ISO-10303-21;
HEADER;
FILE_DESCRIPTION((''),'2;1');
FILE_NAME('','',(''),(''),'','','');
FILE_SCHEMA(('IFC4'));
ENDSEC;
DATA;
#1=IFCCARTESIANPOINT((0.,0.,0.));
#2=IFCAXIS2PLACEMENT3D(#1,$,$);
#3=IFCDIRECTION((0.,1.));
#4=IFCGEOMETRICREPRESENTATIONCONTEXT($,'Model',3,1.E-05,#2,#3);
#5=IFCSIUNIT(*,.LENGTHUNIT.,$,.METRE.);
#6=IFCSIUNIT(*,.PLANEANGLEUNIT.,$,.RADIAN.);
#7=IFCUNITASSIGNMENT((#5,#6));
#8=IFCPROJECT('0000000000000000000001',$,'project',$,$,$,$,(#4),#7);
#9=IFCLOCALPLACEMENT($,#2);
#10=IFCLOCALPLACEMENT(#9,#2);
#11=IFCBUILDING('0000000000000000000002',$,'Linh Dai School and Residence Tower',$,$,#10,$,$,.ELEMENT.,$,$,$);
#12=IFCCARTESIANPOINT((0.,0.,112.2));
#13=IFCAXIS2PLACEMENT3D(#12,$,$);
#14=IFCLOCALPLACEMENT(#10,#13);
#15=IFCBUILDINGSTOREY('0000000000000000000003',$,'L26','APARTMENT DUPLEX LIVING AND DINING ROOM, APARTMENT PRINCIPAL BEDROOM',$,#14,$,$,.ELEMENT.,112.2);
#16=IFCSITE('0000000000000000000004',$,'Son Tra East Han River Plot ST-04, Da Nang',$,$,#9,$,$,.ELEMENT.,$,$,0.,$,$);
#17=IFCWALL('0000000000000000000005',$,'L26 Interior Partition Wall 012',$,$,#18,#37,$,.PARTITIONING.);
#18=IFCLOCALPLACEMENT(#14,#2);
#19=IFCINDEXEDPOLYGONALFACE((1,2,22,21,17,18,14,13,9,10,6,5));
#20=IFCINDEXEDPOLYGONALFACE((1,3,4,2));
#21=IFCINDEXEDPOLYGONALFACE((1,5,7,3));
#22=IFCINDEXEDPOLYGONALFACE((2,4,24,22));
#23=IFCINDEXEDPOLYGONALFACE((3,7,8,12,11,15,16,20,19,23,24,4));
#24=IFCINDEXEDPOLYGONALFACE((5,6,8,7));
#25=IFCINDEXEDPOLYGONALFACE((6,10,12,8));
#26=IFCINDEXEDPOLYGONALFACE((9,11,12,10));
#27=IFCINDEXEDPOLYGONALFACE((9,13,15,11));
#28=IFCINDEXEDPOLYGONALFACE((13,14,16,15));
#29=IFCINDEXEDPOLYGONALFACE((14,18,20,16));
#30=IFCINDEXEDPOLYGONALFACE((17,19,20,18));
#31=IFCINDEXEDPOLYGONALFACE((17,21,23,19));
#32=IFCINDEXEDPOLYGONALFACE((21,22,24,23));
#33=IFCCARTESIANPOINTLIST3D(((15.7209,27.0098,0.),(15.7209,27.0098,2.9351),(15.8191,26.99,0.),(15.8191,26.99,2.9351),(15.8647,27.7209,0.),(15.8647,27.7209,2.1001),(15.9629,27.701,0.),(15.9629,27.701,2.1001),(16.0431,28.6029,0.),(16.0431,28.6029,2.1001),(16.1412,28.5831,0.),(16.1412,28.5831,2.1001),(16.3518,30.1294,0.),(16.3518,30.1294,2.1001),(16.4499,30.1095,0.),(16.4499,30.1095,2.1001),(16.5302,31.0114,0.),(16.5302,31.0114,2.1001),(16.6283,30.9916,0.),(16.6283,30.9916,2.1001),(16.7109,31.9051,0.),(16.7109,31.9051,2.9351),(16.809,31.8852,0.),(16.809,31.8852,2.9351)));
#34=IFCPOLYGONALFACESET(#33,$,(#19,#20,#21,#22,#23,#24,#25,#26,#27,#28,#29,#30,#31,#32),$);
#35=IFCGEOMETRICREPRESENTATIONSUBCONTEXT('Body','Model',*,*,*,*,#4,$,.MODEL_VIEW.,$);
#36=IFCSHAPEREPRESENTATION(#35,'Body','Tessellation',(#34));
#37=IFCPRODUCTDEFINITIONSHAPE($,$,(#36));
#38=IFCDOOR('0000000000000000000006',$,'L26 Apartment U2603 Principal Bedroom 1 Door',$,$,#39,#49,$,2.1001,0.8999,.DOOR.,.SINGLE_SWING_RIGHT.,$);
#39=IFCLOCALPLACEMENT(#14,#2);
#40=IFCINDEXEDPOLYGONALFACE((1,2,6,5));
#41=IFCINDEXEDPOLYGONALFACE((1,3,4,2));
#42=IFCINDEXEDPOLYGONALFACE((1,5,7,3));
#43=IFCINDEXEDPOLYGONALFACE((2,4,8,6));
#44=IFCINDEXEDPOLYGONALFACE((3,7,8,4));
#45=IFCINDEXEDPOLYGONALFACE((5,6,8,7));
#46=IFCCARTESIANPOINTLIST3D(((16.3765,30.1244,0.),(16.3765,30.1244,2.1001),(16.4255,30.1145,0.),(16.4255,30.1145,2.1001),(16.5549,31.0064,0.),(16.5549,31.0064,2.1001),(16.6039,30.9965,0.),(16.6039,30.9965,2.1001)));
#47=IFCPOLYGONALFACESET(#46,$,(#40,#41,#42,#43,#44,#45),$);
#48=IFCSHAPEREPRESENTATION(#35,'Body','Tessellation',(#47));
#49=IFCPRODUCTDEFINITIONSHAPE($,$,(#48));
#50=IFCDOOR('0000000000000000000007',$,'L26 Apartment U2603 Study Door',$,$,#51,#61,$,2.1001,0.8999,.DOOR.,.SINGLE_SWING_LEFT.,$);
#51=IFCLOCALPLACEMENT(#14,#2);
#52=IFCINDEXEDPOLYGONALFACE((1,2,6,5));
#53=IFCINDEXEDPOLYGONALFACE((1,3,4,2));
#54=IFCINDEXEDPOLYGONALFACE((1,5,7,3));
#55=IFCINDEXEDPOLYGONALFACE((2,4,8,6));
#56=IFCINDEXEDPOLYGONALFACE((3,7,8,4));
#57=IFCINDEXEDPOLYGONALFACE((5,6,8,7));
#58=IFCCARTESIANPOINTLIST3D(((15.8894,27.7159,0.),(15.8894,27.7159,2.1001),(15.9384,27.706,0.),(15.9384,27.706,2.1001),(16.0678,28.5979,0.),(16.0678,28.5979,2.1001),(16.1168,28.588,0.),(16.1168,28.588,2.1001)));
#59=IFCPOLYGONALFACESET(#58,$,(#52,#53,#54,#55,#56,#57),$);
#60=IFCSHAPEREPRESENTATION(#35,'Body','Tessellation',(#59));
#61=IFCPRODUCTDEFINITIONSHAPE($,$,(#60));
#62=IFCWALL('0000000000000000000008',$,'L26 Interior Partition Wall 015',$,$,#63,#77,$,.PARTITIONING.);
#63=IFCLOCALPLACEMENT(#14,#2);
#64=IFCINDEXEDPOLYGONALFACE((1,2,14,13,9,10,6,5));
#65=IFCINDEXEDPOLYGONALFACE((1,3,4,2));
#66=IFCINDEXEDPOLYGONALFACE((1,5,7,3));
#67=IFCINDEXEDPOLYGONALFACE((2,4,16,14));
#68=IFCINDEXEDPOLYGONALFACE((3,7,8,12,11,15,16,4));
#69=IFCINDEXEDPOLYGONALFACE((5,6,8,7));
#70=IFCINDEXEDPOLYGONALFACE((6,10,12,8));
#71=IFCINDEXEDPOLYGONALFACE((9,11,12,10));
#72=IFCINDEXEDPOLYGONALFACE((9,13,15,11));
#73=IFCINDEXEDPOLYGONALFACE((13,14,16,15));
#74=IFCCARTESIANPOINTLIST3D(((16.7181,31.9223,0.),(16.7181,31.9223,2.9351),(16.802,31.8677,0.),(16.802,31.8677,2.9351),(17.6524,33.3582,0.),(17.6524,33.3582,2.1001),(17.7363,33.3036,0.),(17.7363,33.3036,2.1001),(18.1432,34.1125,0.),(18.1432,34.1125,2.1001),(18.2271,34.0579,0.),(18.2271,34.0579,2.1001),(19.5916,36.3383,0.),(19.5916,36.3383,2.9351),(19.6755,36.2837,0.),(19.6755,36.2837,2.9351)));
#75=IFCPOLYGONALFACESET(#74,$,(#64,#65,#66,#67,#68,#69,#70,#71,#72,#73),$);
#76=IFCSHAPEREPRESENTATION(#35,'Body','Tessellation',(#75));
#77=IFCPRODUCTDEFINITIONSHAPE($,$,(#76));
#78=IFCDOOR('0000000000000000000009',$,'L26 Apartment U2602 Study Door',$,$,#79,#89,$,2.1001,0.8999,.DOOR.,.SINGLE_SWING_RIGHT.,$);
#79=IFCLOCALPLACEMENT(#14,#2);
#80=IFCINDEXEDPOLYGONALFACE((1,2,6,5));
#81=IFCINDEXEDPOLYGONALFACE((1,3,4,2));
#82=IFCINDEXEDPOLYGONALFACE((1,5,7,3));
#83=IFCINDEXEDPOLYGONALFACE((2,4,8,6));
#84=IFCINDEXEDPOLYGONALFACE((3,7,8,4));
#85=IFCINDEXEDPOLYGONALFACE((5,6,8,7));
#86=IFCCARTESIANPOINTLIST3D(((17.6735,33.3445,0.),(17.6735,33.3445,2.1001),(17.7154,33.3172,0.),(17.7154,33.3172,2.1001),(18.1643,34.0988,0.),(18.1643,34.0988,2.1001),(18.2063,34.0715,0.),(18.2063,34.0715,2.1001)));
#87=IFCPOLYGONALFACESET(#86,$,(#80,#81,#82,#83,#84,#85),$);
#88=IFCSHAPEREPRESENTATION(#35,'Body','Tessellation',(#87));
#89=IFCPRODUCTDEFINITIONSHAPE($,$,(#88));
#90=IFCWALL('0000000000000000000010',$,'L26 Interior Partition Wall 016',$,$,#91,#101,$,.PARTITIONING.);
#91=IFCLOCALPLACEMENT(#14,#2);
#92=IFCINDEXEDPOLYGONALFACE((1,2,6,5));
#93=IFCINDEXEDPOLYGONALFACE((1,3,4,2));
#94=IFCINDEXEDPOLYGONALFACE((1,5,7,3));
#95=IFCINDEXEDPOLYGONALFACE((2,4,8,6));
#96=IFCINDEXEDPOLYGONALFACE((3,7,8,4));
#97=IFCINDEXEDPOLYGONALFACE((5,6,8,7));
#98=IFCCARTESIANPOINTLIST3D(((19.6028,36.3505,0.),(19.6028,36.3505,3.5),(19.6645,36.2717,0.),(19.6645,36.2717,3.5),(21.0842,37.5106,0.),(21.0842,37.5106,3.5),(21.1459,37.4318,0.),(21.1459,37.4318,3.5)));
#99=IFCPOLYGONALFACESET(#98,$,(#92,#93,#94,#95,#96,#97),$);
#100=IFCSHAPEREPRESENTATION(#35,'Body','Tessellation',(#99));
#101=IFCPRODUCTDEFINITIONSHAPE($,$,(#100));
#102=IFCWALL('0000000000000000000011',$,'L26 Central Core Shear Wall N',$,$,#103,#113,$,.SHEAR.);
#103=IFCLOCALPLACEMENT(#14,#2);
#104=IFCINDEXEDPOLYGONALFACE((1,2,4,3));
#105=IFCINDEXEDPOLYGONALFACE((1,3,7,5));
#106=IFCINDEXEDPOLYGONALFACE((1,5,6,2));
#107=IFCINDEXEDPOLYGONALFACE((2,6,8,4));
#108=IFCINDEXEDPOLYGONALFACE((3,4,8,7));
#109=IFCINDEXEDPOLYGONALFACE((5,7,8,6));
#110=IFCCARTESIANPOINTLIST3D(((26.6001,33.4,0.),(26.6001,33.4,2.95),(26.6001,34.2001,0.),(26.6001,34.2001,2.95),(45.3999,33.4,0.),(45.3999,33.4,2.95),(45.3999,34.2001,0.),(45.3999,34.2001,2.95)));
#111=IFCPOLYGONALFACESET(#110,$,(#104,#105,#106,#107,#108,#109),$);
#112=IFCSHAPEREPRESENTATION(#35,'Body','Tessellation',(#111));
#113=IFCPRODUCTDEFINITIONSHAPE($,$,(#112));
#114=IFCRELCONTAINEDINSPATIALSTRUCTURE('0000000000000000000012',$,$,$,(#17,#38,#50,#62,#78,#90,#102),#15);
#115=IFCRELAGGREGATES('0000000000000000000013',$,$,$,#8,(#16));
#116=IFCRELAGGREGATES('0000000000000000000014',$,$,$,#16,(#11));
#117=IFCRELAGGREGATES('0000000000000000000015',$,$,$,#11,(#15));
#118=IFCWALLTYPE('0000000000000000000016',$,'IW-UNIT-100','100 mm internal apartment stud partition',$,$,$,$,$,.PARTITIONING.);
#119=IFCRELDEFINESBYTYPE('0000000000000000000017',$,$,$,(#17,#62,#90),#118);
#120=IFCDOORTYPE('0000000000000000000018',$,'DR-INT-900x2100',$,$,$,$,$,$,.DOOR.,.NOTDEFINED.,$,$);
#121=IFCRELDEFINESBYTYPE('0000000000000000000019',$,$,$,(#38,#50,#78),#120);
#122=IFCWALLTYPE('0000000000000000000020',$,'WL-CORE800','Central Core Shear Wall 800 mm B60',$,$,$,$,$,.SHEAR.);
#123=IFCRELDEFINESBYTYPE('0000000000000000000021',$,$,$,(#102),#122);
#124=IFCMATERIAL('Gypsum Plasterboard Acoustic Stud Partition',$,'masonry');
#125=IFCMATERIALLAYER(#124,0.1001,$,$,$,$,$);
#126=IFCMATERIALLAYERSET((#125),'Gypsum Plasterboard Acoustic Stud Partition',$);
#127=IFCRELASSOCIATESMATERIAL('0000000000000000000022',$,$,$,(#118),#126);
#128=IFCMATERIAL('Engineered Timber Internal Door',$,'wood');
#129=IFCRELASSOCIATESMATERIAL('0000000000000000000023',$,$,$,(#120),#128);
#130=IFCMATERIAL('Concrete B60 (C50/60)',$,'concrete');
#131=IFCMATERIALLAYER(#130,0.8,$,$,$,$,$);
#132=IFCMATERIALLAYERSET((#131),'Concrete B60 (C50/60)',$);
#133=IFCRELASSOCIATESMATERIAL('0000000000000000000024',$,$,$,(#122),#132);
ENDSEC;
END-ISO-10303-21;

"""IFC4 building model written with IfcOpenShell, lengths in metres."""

from ifc_helpers import new_model, si_unit, direction, frame, frame_2d, origin, origin_2d, place, context, subcontext, project, spatial, rectangle, extrude, source, transform, mapped, material, layer, layer_set, type_object, element, fill, save


model = new_model("IFC4")

# Units and contexts
model_context = context("Model", 3, precision=1e-05, world=origin(), true_north=direction((0.0, 1.0)))
body_context = subcontext(model_context, "Body", "Model", "MODEL_VIEW")
ifc_project = project(units=[si_unit("LENGTHUNIT", "METRE"), si_unit("PLANEANGLEUNIT", "RADIAN")], contexts=[model_context])

# Site, building, storey
site_placement = place(None, origin())
site = spatial("IfcSite", under=ifc_project, at=site_placement, Name="Son Tra East Han River Plot ST-04, Da Nang", CompositionType="ELEMENT", RefElevation=0.0)
building_placement = place(site_placement, origin())
building = spatial("IfcBuilding", under=site, at=building_placement, Name="Linh Dai School and Residence Tower", CompositionType="ELEMENT")
storey_placement = place(building_placement, frame((0.0, 0.0, 112.2)))
storey = spatial("IfcBuildingStorey", under=building, at=storey_placement, Name="L26", Description="APARTMENT DUPLEX LIVING AND DINING ROOM, APARTMENT PRINCIPAL BEDROOM", CompositionType="ELEMENT", Elevation=112.2)

# Shared definitions
ifc_material_1 = material(Name="Concrete B60 (C50/60)", Category="concrete")

# Shared definitions
ifc_material_2 = material(Name="Gypsum Plasterboard Acoustic Stud Partition", Category="masonry")
ifc_layer_1 = layer(ifc_material_2, 0.1001)
ifc_layer_set_1 = layer_set([ifc_layer_1], Name="Gypsum Plasterboard Acoustic Stud Partition")
wall_type_1 = type_object("IfcWallType", Name="IW-UNIT-100", Description="100 mm internal apartment stud partition", PredefinedType="PARTITIONING", material=ifc_layer_set_1)

# Wall, openings, doors
wall_1_placement = place(storey_placement, frame((15.77, 27.0, 0.0), z_axis=(0.0, 0.0, 1.0), x_axis=(0.198221, 0.980157, 0.0)))
wall_1 = element("IfcWall", 1, at=wall_1_placement, inside=storey, type_object=wall_type_1, Name="L26 Interior Partition Wall 012", PredefinedType="PARTITIONING", context=body_context, shape_type="SweptSolid", body=[
    extrude(rectangle(XDim=4.9944, YDim=0.1001, at=frame_2d((2.4971, 0.0))), origin(), (0.0, 0.0, 1.0), 2.9351),
])
opening_1_placement = place(wall_1_placement, frame((3.1826, 0.0, 0.0)))
opening_1 = element("IfcOpeningElement", 2, at=opening_1_placement, cuts=wall_1, PredefinedType="OPENING", context=body_context, shape_type="SweptSolid", body=[
    extrude(rectangle(XDim=0.8999, YDim=2.1001, at=origin_2d()), frame((0.45, 0.0601, 1.05), z_axis=(0.0, -1.0, 0.0), x_axis=(1.0, 0.0, 0.0)), (0.0, 0.0, 1.0), 0.1201),
])
opening_2_placement = place(wall_1_placement, frame((0.7253, 0.0, 0.0)))
opening_2 = element("IfcOpeningElement", 3, at=opening_2_placement, cuts=wall_1, PredefinedType="OPENING", context=body_context, shape_type="SweptSolid", body=[
    extrude(rectangle(XDim=0.8999, YDim=2.1001, at=origin_2d()), frame((0.45, 0.0601, 1.05), z_axis=(0.0, -1.0, 0.0), x_axis=(1.0, 0.0, 0.0)), (0.0, 0.0, 1.0), 0.1201),
])
ifc_material_3 = material(Name="Engineered Timber Internal Door", Category="wood")
door_type = type_object("IfcDoorType", Name="DR-INT-900x2100", OperationType="NOTDEFINED", PredefinedType="DOOR", material=ifc_material_3)
shared_shape_1 = source(origin(), body_context, "Body", "SweptSolid", [
    extrude(rectangle(XDim=0.8999, YDim=2.1001, at=origin_2d()), frame((0.45, 0.0249, 1.05), z_axis=(0.0, -1.0, 0.0), x_axis=(1.0, 0.0, 0.0)), (0.0, 0.0, 1.0), 0.05),
])
door_1_placement = place(opening_1_placement, origin())
door_1 = element("IfcDoor", 4, at=door_1_placement, inside=storey, type_object=door_type, Name="L26 Apartment U2603 Principal Bedroom 1 Door", OperationType="SINGLE_SWING_RIGHT", OverallHeight=2.1001, OverallWidth=0.8999, PredefinedType="DOOR", context=body_context, shape_type="MappedRepresentation", body=[
    mapped(shared_shape_1, transform((0.0, 0.0, 0.0), x_axis=(1.0, 0.0, 0.0), y_axis=(0.0, 1.0, 0.0), z_axis=(0.0, 0.0, 1.0), scale=1.0)),
])
fill(opening_1, door_1)
door_2_placement = place(opening_2_placement, origin())
door_2 = element("IfcDoor", 5, at=door_2_placement, inside=storey, type_object=door_type, Name="L26 Apartment U2603 Study Door", OperationType="SINGLE_SWING_LEFT", OverallHeight=2.1001, OverallWidth=0.8999, PredefinedType="DOOR", context=body_context, shape_type="MappedRepresentation", body=[
    mapped(shared_shape_1, transform((0.0, 0.0, 0.0), x_axis=(1.0, 0.0, 0.0), y_axis=(0.0, 1.0, 0.0), z_axis=(0.0, 0.0, 1.0), scale=1.0)),
])
fill(opening_2, door_2)

# Wall, opening, door
wall_2_placement = place(storey_placement, frame((16.76, 31.895, 0.0), z_axis=(0.0, 0.0, 1.0), x_axis=(0.545405, 0.838172, 0.0)))
wall_2 = element("IfcWall", 6, at=wall_2_placement, inside=storey, type_object=wall_type_1, Name="L26 Interior Partition Wall 015", PredefinedType="PARTITIONING", context=body_context, shape_type="SweptSolid", body=[
    extrude(rectangle(XDim=5.2686, YDim=0.1001, at=frame_2d((2.6343, 0.0))), origin(), (0.0, 0.0, 1.0), 2.9351),
])
opening_3_placement = place(wall_2_placement, frame((1.7131, 0.0, 0.0)))
opening_3 = element("IfcOpeningElement", 7, at=opening_3_placement, cuts=wall_2, PredefinedType="OPENING", context=body_context, shape_type="SweptSolid", body=[
    extrude(rectangle(XDim=0.8999, YDim=2.1001, at=origin_2d()), frame((0.45, 0.0601, 1.05), z_axis=(0.0, -1.0, 0.0), x_axis=(1.0, 0.0, 0.0)), (0.0, 0.0, 1.0), 0.1201),
])
door_3_placement = place(opening_3_placement, origin())
door_3 = element("IfcDoor", 8, at=door_3_placement, inside=storey, type_object=door_type, Name="L26 Apartment U2602 Study Door", OperationType="SINGLE_SWING_RIGHT", OverallHeight=2.1001, OverallWidth=0.8999, PredefinedType="DOOR", context=body_context, shape_type="MappedRepresentation", body=[
    mapped(shared_shape_1, transform((0.0, 0.0, 0.0), x_axis=(1.0, 0.0, 0.0), y_axis=(0.0, 1.0, 0.0), z_axis=(0.0, 0.0, 1.0), scale=1.0)),
])
fill(opening_3, door_3)

# Walls
wall_3_placement = place(storey_placement, frame((19.6335, 36.311, 0.0), z_axis=(0.0, 0.0, 1.0), x_axis=(0.787308, 0.61656, 0.0)))
element("IfcWall", 9, at=wall_3_placement, inside=storey, type_object=wall_type_1, Name="L26 Interior Partition Wall 016", PredefinedType="PARTITIONING", context=body_context, shape_type="SweptSolid", body=[
    extrude(rectangle(XDim=1.8816, YDim=0.1001, at=frame_2d((0.9409, 0.0))), origin(), (0.0, 0.0, 1.0), 3.5),
])
ifc_layer_2 = layer(ifc_material_1, 0.8)
ifc_layer_set_2 = layer_set([ifc_layer_2], Name="Concrete B60 (C50/60)")
wall_type_2 = type_object("IfcWallType", Name="WL-CORE800", Description="Central Core Shear Wall 800 mm B60", PredefinedType="SHEAR", material=ifc_layer_set_2)
wall_4_placement = place(storey_placement, frame((26.6001, 33.8, 0.0), z_axis=(0.0, 0.0, 1.0), x_axis=(1.0, 0.0, 0.0)))
element("IfcWall", 10, at=wall_4_placement, inside=storey, type_object=wall_type_2, Name="L26 Central Core Shear Wall N", PredefinedType="SHEAR", context=body_context, shape_type="SweptSolid", body=[
    extrude(rectangle(XDim=18.7998, YDim=0.8, at=frame_2d((9.3999, 0.0))), origin(), (0.0, 0.0, 1.0), 2.95),
])

save(model, "model.ifc")
